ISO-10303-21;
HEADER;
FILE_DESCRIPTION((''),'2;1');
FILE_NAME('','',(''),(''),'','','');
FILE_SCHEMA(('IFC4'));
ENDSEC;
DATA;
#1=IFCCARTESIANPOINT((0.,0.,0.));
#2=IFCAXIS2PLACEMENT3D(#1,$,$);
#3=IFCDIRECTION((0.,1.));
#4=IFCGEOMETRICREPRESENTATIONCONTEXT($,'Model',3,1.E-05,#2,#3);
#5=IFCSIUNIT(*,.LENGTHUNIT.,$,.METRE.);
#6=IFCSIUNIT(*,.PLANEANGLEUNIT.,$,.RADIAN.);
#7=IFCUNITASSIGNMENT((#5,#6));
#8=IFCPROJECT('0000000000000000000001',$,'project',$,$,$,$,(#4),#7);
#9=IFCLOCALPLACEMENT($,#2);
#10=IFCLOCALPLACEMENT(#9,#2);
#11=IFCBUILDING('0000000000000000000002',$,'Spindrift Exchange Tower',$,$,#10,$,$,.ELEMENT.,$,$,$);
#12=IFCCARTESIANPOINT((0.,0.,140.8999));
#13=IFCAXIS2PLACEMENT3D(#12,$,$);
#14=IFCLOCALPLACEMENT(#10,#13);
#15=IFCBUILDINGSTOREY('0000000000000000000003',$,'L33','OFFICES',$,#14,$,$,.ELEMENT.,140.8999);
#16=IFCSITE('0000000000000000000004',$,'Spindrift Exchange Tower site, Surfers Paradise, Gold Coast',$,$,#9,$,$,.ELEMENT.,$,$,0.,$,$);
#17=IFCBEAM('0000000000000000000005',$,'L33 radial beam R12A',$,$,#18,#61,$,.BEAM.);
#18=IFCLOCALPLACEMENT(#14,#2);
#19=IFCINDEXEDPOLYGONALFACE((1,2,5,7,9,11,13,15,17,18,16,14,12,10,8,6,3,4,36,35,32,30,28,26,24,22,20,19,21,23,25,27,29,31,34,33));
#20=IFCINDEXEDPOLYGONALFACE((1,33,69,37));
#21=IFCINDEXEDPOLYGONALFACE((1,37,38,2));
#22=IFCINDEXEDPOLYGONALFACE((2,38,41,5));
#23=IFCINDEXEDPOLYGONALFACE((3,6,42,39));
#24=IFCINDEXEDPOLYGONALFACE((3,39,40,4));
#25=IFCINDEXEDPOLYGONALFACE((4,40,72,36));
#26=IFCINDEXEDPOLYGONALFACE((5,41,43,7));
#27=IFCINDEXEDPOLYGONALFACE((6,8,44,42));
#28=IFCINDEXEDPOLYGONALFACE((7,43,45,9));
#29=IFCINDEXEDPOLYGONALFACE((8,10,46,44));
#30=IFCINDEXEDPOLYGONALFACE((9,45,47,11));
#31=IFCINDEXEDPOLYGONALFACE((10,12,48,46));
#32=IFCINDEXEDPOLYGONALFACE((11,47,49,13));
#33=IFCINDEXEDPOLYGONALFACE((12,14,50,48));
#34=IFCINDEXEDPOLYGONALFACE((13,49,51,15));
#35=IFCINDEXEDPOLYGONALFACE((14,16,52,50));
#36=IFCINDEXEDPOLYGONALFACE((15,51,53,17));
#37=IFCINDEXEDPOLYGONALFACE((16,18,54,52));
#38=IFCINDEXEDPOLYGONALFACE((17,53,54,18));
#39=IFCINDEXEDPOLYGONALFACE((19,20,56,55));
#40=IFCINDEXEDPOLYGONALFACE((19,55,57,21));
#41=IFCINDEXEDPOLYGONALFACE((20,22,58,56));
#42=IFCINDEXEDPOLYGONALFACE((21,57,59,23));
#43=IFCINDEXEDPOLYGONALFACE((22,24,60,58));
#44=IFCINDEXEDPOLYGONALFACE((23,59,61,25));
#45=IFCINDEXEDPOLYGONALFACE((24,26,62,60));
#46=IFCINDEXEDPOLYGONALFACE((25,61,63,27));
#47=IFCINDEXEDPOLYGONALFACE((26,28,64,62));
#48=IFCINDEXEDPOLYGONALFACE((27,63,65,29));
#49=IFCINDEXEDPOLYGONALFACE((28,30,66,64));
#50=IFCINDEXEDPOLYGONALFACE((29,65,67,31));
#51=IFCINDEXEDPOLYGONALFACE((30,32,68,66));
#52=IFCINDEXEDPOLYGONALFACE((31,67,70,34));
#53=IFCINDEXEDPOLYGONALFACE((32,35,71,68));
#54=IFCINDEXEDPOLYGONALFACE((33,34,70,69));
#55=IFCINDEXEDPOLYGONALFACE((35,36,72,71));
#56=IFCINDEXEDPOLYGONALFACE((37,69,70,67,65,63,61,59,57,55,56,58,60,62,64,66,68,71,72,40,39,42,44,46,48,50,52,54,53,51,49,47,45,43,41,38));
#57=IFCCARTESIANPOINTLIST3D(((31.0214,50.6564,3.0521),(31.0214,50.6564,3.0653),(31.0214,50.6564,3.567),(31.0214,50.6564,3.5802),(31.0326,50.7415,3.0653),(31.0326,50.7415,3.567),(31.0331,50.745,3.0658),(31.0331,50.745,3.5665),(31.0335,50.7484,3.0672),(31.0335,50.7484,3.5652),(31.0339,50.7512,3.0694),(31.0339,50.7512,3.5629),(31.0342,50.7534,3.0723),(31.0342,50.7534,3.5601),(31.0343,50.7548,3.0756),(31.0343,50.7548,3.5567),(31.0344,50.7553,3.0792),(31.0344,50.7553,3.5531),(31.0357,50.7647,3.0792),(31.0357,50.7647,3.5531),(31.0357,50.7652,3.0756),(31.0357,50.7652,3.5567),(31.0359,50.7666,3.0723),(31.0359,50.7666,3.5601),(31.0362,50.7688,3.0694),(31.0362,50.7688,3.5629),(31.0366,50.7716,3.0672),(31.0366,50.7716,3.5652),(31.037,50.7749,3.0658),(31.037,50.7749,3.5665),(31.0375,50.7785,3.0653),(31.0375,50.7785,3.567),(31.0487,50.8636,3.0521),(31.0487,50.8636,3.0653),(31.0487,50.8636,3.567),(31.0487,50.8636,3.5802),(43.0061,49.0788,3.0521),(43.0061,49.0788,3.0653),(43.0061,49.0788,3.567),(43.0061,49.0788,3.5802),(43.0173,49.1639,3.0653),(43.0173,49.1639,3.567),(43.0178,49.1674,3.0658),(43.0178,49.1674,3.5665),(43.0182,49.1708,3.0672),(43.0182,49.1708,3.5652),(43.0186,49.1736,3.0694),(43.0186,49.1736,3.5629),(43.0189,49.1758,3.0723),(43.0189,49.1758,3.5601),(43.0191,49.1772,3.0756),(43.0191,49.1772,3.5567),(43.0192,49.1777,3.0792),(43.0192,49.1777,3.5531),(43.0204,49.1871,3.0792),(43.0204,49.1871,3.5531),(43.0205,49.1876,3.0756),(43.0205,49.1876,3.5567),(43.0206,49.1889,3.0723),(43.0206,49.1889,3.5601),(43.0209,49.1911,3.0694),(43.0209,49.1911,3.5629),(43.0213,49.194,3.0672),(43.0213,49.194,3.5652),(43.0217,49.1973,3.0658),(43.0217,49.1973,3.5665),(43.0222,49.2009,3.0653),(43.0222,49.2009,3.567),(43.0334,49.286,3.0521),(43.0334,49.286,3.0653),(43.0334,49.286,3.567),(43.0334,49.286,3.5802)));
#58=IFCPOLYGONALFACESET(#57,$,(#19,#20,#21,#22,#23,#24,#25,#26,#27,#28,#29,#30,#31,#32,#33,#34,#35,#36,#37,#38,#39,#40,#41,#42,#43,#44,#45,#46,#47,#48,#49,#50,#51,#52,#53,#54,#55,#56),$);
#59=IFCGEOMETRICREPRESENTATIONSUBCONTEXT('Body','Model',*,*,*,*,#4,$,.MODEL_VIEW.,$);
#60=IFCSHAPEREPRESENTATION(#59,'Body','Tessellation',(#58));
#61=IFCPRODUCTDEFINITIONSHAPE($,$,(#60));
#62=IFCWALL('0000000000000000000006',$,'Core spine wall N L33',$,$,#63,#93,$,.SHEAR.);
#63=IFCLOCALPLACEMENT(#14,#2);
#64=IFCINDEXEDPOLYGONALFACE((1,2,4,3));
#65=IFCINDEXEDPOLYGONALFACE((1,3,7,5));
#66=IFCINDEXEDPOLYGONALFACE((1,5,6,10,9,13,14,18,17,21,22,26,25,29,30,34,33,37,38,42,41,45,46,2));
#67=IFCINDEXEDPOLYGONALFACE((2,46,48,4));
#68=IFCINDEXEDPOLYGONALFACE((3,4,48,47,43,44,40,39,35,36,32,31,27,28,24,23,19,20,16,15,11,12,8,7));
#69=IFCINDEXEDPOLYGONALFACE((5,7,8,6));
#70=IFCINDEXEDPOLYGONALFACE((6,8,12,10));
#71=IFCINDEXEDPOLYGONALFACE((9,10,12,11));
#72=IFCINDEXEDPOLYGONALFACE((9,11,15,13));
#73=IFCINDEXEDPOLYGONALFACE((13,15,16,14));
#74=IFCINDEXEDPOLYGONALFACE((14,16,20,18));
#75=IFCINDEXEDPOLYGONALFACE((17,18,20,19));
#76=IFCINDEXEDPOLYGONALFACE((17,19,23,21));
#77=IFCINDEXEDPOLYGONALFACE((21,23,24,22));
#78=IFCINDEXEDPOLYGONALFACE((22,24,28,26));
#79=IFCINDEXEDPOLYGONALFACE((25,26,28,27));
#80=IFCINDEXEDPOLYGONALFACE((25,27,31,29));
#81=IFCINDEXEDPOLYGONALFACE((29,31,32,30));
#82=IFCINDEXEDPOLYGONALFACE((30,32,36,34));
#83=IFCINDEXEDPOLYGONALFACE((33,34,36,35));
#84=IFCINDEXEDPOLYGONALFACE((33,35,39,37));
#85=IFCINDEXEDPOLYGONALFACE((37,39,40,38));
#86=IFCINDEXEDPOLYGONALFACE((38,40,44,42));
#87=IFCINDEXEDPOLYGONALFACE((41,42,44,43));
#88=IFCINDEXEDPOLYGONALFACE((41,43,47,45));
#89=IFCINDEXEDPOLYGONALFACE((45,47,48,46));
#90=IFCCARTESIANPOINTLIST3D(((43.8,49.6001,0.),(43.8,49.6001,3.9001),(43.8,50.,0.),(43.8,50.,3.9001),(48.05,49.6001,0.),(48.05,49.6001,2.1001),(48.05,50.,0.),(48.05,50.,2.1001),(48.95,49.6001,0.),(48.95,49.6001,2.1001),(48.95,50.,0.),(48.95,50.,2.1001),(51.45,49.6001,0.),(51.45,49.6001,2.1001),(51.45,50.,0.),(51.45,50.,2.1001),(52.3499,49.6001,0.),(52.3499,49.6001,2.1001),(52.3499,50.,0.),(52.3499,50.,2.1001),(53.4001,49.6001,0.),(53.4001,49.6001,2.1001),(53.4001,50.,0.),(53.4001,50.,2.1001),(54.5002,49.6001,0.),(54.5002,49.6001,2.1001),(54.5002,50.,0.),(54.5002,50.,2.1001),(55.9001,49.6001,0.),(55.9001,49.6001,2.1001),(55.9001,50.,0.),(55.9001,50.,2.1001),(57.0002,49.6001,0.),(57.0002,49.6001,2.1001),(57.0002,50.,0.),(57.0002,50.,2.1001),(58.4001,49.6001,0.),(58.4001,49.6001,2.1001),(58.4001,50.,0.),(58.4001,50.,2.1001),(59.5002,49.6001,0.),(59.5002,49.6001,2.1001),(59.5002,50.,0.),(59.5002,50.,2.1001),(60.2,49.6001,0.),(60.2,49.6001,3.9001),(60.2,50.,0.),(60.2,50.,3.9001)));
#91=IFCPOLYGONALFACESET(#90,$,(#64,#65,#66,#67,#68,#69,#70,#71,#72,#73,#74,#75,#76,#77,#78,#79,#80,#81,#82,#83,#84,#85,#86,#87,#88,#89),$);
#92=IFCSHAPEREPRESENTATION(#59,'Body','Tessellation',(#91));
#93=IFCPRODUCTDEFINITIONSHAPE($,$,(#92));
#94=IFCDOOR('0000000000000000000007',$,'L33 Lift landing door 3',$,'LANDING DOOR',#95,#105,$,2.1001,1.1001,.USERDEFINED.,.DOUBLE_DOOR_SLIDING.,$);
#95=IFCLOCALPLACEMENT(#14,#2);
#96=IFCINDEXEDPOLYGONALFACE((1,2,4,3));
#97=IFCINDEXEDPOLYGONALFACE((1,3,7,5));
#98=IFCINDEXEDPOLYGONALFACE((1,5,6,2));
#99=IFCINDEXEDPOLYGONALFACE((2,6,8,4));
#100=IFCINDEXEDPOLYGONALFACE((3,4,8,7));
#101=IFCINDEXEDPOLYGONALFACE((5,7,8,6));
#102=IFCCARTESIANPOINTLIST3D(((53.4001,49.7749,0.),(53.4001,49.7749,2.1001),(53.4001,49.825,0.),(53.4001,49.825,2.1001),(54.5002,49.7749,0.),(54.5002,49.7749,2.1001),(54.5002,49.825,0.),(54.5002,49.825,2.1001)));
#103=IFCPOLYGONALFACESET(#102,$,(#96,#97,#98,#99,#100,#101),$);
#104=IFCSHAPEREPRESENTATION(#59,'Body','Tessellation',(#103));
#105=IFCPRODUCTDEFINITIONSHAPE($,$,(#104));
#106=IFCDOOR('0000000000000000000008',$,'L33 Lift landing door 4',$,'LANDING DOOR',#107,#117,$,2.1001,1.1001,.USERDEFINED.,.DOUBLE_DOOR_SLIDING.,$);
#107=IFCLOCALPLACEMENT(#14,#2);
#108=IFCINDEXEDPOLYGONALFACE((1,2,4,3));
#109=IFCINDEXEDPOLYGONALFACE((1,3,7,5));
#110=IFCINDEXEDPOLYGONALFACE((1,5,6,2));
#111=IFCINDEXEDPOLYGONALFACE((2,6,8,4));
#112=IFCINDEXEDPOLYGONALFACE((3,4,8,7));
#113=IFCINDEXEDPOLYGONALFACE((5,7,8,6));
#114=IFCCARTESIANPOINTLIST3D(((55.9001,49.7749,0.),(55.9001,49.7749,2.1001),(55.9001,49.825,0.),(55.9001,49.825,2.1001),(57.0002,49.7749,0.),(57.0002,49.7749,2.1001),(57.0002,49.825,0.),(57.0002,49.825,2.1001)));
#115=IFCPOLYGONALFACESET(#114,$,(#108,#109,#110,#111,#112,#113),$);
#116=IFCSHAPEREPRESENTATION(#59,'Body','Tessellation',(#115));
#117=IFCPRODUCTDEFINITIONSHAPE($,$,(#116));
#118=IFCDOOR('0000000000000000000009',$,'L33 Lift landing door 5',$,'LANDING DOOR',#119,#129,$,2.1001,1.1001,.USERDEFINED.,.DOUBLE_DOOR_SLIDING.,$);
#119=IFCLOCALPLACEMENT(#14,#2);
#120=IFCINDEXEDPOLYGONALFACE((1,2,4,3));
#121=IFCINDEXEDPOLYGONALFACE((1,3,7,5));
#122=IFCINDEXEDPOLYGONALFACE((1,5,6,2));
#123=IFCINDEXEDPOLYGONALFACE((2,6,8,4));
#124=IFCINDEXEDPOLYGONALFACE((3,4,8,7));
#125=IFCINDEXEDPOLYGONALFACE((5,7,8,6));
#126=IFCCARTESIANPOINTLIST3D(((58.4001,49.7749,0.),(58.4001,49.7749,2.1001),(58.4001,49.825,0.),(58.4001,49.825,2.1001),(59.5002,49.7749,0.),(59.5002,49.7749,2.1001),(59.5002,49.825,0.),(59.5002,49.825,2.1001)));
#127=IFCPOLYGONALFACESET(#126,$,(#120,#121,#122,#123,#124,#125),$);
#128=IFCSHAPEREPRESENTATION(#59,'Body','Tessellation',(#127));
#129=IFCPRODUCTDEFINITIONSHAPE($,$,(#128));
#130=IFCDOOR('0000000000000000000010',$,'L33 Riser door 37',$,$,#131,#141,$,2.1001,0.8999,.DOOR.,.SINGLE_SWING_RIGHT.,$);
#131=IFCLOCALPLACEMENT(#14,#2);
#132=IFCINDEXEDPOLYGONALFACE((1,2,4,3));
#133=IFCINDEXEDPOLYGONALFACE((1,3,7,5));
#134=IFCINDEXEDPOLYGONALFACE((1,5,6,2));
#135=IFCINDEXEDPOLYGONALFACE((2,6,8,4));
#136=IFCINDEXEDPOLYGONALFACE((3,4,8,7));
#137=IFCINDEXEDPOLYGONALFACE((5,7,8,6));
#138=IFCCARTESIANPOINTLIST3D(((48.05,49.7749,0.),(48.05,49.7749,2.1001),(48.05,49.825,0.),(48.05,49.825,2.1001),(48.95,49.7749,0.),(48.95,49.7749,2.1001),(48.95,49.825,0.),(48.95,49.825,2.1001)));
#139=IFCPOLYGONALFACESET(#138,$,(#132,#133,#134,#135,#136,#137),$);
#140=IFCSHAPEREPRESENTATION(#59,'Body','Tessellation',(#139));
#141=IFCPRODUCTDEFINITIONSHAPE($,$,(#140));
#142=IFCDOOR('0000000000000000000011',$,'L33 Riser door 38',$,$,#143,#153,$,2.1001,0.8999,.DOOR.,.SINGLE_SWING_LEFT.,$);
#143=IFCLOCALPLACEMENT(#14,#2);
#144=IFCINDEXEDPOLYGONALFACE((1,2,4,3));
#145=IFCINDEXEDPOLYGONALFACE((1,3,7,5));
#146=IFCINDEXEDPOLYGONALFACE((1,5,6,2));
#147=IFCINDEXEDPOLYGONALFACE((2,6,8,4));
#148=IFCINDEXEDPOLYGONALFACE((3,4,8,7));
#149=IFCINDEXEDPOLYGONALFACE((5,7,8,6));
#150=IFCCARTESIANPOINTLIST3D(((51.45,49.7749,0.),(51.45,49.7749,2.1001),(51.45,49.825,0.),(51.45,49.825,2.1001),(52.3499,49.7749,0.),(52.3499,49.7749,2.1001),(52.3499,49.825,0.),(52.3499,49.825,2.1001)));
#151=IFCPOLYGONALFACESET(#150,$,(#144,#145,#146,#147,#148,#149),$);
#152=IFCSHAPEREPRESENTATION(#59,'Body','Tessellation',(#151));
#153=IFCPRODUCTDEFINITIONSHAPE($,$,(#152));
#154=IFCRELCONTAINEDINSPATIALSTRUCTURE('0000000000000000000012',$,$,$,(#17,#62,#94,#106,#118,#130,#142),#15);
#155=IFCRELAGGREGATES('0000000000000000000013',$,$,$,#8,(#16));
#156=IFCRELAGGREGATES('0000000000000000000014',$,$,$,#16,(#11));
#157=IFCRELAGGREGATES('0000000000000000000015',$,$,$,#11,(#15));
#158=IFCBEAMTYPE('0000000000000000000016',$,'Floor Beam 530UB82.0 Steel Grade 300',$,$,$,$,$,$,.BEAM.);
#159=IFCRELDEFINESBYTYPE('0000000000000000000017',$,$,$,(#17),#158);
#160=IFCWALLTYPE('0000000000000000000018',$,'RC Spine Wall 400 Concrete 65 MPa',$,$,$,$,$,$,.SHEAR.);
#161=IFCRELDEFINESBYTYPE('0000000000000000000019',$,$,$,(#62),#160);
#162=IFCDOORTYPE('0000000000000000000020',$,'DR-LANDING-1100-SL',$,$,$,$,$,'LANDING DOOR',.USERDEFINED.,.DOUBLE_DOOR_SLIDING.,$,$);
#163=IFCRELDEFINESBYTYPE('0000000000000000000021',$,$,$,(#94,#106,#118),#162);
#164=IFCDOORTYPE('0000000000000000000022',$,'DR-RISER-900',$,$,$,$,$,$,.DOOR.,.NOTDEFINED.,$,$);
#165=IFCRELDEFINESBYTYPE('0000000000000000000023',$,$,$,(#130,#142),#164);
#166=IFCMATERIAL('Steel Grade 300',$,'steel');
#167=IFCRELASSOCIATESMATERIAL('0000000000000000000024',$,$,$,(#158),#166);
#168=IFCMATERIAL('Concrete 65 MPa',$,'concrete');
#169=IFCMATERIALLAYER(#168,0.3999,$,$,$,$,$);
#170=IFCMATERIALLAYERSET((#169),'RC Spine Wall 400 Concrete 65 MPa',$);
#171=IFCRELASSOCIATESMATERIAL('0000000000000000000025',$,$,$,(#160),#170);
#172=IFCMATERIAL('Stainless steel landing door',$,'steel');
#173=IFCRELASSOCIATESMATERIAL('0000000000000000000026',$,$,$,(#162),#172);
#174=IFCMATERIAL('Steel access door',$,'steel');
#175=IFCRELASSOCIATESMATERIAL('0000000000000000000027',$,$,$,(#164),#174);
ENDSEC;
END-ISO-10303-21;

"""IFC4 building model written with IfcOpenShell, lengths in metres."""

from ifc_helpers import new_model, si_unit, direction, frame, frame_2d, origin, origin_2d, place, context, subcontext, project, spatial, rectangle, i_section, extrude, source, transform, mapped, material, layer, layer_set, material_profile, profile_set, type_object, element, fill, save


model = new_model("IFC4")

# Units and contexts
model_context = context("Model", 3, precision=1e-05, world=origin(), true_north=direction((0.0, 1.0)))
body_context = subcontext(model_context, "Body", "Model", "MODEL_VIEW")
ifc_project = project(units=[si_unit("LENGTHUNIT", "METRE"), si_unit("PLANEANGLEUNIT", "RADIAN")], contexts=[model_context])

# Site, building, storey
site_placement = place(None, origin())
site = spatial("IfcSite", under=ifc_project, at=site_placement, Name="Spindrift Exchange Tower site, Surfers Paradise, Gold Coast", CompositionType="ELEMENT", RefElevation=0.0)
building_placement = place(site_placement, origin())
building = spatial("IfcBuilding", under=site, at=building_placement, Name="Spindrift Exchange Tower", CompositionType="ELEMENT")
storey_placement = place(building_placement, frame((0.0, 0.0, 140.8999)))
storey = spatial("IfcBuildingStorey", under=building, at=storey_placement, Name="L33", Description="OFFICES", CompositionType="ELEMENT", Elevation=140.8999)

# Beam
ifc_material_1 = material(Name="Steel Grade 300", Category="steel")
ifc_material_profile_1 = material_profile(ifc_material_1, i_section(OverallWidth=0.209, OverallDepth=0.5281, WebThickness=0.0095, FlangeThickness=0.0132, FilletRadius=0.0139, at=origin_2d()), Name="530UB82.0")
ifc_profile_set_1 = profile_set([ifc_material_profile_1], Name="Steel Grade 300")
beam_type_1 = type_object("IfcBeamType", Name="Floor Beam 530UB82.0 Steel Grade 300", PredefinedType="BEAM", material=ifc_profile_set_1)
shared_shape_1 = source(origin(), body_context, "Body", "SweptSolid", [
    extrude(i_section(OverallWidth=0.209, OverallDepth=0.5281, WebThickness=0.0095, FlangeThickness=0.0132, FilletRadius=0.0139, at=origin_2d()), origin(), (0.0, 0.0, 1.0), 12.0881),
])
beam_1_placement = place(storey_placement, frame((43.0198, 49.1824, 3.3162), z_axis=(-0.991447, 0.13051, 0.0), x_axis=(-0.13051, -0.991447, 0.0)))
element("IfcBeam", 1, at=beam_1_placement, inside=storey, type_object=beam_type_1, Name="L33 radial beam R12A", PredefinedType="BEAM", context=body_context, shape_type="MappedRepresentation", body=[
    mapped(shared_shape_1, transform((0.0, 0.0, 0.0), scale=1.0)),
])

# Wall, openings, doors
ifc_material_2 = material(Name="Concrete 65 MPa", Category="concrete")
ifc_layer_1 = layer(ifc_material_2, 0.3999)
ifc_layer_set_1 = layer_set([ifc_layer_1], Name="RC Spine Wall 400 Concrete 65 MPa")
wall_type_1 = type_object("IfcWallType", Name="RC Spine Wall 400 Concrete 65 MPa", PredefinedType="SHEAR", material=ifc_layer_set_1)
wall_1_placement = place(storey_placement, frame((43.8, 49.8, 0.0), z_axis=(0.0, 0.0, 1.0), x_axis=(1.0, 0.0, 0.0)))
wall_1 = element("IfcWall", 2, at=wall_1_placement, inside=storey, type_object=wall_type_1, Name="Core spine wall N L33", PredefinedType="SHEAR", context=body_context, shape_type="SweptSolid", body=[
    extrude(rectangle(XDim=16.3999, YDim=0.3999, at=frame_2d((8.2, 0.0))), origin(), (0.0, 0.0, 1.0), 3.9001),
])
opening_1_placement = place(wall_1_placement, frame((9.6001, 0.0, 0.0)))
opening_1 = element("IfcOpeningElement", 3, at=opening_1_placement, cuts=wall_1, PredefinedType="OPENING", context=body_context, shape_type="SweptSolid", body=[
    extrude(rectangle(XDim=1.1001, YDim=2.1001, at=frame_2d((0.55, 1.05))), frame((0.0, 0.21, 0.0), z_axis=(0.0, -1.0, 0.0), x_axis=(1.0, 0.0, 0.0)), (0.0, 0.0, 1.0), 0.4199),
])
opening_2_placement = place(wall_1_placement, frame((12.1001, 0.0, 0.0)))
opening_2 = element("IfcOpeningElement", 4, at=opening_2_placement, cuts=wall_1, PredefinedType="OPENING", context=body_context, shape_type="SweptSolid", body=[
    extrude(rectangle(XDim=1.1001, YDim=2.1001, at=frame_2d((0.55, 1.05))), frame((0.0, 0.21, 0.0), z_axis=(0.0, -1.0, 0.0), x_axis=(1.0, 0.0, 0.0)), (0.0, 0.0, 1.0), 0.4199),
])
opening_3_placement = place(wall_1_placement, frame((14.6001, 0.0, 0.0)))
opening_3 = element("IfcOpeningElement", 5, at=opening_3_placement, cuts=wall_1, PredefinedType="OPENING", context=body_context, shape_type="SweptSolid", body=[
    extrude(rectangle(XDim=1.1001, YDim=2.1001, at=frame_2d((0.55, 1.05))), frame((0.0, 0.21, 0.0), z_axis=(0.0, -1.0, 0.0), x_axis=(1.0, 0.0, 0.0)), (0.0, 0.0, 1.0), 0.4199),
])
opening_4_placement = place(wall_1_placement, frame((4.25, 0.0, 0.0)))
opening_4 = element("IfcOpeningElement", 6, at=opening_4_placement, cuts=wall_1, PredefinedType="OPENING", context=body_context, shape_type="SweptSolid", body=[
    extrude(rectangle(XDim=0.8999, YDim=2.1001, at=frame_2d((0.45, 1.05))), frame((0.0, 0.21, 0.0), z_axis=(0.0, -1.0, 0.0), x_axis=(1.0, 0.0, 0.0)), (0.0, 0.0, 1.0), 0.4199),
])
opening_5_placement = place(wall_1_placement, frame((7.6499, 0.0, 0.0)))
opening_5 = element("IfcOpeningElement", 7, at=opening_5_placement, cuts=wall_1, PredefinedType="OPENING", context=body_context, shape_type="SweptSolid", body=[
    extrude(rectangle(XDim=0.8999, YDim=2.1001, at=frame_2d((0.45, 1.05))), frame((0.0, 0.21, 0.0), z_axis=(0.0, -1.0, 0.0), x_axis=(1.0, 0.0, 0.0)), (0.0, 0.0, 1.0), 0.4199),
])
ifc_material_3 = material(Name="Stainless steel landing door", Category="steel")
door_type_1 = type_object("IfcDoorType", Name="DR-LANDING-1100-SL", ElementType="LANDING DOOR", OperationType="DOUBLE_DOOR_SLIDING", PredefinedType="USERDEFINED", material=ifc_material_3)
shared_shape_2 = source(origin(), body_context, "Body", "SweptSolid", [
    extrude(rectangle(XDim=1.1001, YDim=2.1001, at=frame_2d((0.55, 1.05))), frame((0.0, 0.0249, 0.0), z_axis=(0.0, -1.0, 0.0), x_axis=(1.0, 0.0, 0.0)), (0.0, 0.0, 1.0), 0.05),
])
door_1_placement = place(opening_1_placement, origin())
door_1 = element("IfcDoor", 8, at=door_1_placement, inside=storey, type_object=door_type_1, Name="L33 Lift landing door 3", ObjectType="LANDING DOOR", OperationType="DOUBLE_DOOR_SLIDING", OverallHeight=2.1001, OverallWidth=1.1001, PredefinedType="USERDEFINED", context=body_context, shape_type="MappedRepresentation", body=[
    mapped(shared_shape_2, transform((0.0, 0.0, 0.0), scale=1.0)),
])
fill(opening_1, door_1)
door_2_placement = place(opening_2_placement, origin())
door_2 = element("IfcDoor", 9, at=door_2_placement, inside=storey, type_object=door_type_1, Name="L33 Lift landing door 4", ObjectType="LANDING DOOR", OperationType="DOUBLE_DOOR_SLIDING", OverallHeight=2.1001, OverallWidth=1.1001, PredefinedType="USERDEFINED", context=body_context, shape_type="MappedRepresentation", body=[
    mapped(shared_shape_2, transform((0.0, 0.0, 0.0), scale=1.0)),
])
fill(opening_2, door_2)
door_3_placement = place(opening_3_placement, origin())
door_3 = element("IfcDoor", 10, at=door_3_placement, inside=storey, type_object=door_type_1, Name="L33 Lift landing door 5", ObjectType="LANDING DOOR", OperationType="DOUBLE_DOOR_SLIDING", OverallHeight=2.1001, OverallWidth=1.1001, PredefinedType="USERDEFINED", context=body_context, shape_type="MappedRepresentation", body=[
    mapped(shared_shape_2, transform((0.0, 0.0, 0.0), scale=1.0)),
])
fill(opening_3, door_3)
ifc_material_4 = material(Name="Steel access door", Category="steel")
door_type_2 = type_object("IfcDoorType", Name="DR-RISER-900", OperationType="NOTDEFINED", PredefinedType="DOOR", material=ifc_material_4)
shared_shape_3 = source(origin(), body_context, "Body", "SweptSolid", [
    extrude(rectangle(XDim=0.8999, YDim=2.1001, at=frame_2d((0.45, 1.05))), frame((0.0, 0.0249, 0.0), z_axis=(0.0, -1.0, 0.0), x_axis=(1.0, 0.0, 0.0)), (0.0, 0.0, 1.0), 0.05),
])
door_4_placement = place(opening_4_placement, origin())
door_4 = element("IfcDoor", 11, at=door_4_placement, inside=storey, type_object=door_type_2, Name="L33 Riser door 37", OperationType="SINGLE_SWING_RIGHT", OverallHeight=2.1001, OverallWidth=0.8999, PredefinedType="DOOR", context=body_context, shape_type="MappedRepresentation", body=[
    mapped(shared_shape_3, transform((0.0, 0.0, 0.0), scale=1.0)),
])
fill(opening_4, door_4)
door_5_placement = place(opening_5_placement, origin())
door_5 = element("IfcDoor", 12, at=door_5_placement, inside=storey, type_object=door_type_2, Name="L33 Riser door 38", OperationType="SINGLE_SWING_LEFT", OverallHeight=2.1001, OverallWidth=0.8999, PredefinedType="DOOR", context=body_context, shape_type="MappedRepresentation", body=[
    mapped(shared_shape_3, transform((0.0, 0.0, 0.0), scale=1.0)),
])
fill(opening_5, door_5)

save(model, "model.ifc")
